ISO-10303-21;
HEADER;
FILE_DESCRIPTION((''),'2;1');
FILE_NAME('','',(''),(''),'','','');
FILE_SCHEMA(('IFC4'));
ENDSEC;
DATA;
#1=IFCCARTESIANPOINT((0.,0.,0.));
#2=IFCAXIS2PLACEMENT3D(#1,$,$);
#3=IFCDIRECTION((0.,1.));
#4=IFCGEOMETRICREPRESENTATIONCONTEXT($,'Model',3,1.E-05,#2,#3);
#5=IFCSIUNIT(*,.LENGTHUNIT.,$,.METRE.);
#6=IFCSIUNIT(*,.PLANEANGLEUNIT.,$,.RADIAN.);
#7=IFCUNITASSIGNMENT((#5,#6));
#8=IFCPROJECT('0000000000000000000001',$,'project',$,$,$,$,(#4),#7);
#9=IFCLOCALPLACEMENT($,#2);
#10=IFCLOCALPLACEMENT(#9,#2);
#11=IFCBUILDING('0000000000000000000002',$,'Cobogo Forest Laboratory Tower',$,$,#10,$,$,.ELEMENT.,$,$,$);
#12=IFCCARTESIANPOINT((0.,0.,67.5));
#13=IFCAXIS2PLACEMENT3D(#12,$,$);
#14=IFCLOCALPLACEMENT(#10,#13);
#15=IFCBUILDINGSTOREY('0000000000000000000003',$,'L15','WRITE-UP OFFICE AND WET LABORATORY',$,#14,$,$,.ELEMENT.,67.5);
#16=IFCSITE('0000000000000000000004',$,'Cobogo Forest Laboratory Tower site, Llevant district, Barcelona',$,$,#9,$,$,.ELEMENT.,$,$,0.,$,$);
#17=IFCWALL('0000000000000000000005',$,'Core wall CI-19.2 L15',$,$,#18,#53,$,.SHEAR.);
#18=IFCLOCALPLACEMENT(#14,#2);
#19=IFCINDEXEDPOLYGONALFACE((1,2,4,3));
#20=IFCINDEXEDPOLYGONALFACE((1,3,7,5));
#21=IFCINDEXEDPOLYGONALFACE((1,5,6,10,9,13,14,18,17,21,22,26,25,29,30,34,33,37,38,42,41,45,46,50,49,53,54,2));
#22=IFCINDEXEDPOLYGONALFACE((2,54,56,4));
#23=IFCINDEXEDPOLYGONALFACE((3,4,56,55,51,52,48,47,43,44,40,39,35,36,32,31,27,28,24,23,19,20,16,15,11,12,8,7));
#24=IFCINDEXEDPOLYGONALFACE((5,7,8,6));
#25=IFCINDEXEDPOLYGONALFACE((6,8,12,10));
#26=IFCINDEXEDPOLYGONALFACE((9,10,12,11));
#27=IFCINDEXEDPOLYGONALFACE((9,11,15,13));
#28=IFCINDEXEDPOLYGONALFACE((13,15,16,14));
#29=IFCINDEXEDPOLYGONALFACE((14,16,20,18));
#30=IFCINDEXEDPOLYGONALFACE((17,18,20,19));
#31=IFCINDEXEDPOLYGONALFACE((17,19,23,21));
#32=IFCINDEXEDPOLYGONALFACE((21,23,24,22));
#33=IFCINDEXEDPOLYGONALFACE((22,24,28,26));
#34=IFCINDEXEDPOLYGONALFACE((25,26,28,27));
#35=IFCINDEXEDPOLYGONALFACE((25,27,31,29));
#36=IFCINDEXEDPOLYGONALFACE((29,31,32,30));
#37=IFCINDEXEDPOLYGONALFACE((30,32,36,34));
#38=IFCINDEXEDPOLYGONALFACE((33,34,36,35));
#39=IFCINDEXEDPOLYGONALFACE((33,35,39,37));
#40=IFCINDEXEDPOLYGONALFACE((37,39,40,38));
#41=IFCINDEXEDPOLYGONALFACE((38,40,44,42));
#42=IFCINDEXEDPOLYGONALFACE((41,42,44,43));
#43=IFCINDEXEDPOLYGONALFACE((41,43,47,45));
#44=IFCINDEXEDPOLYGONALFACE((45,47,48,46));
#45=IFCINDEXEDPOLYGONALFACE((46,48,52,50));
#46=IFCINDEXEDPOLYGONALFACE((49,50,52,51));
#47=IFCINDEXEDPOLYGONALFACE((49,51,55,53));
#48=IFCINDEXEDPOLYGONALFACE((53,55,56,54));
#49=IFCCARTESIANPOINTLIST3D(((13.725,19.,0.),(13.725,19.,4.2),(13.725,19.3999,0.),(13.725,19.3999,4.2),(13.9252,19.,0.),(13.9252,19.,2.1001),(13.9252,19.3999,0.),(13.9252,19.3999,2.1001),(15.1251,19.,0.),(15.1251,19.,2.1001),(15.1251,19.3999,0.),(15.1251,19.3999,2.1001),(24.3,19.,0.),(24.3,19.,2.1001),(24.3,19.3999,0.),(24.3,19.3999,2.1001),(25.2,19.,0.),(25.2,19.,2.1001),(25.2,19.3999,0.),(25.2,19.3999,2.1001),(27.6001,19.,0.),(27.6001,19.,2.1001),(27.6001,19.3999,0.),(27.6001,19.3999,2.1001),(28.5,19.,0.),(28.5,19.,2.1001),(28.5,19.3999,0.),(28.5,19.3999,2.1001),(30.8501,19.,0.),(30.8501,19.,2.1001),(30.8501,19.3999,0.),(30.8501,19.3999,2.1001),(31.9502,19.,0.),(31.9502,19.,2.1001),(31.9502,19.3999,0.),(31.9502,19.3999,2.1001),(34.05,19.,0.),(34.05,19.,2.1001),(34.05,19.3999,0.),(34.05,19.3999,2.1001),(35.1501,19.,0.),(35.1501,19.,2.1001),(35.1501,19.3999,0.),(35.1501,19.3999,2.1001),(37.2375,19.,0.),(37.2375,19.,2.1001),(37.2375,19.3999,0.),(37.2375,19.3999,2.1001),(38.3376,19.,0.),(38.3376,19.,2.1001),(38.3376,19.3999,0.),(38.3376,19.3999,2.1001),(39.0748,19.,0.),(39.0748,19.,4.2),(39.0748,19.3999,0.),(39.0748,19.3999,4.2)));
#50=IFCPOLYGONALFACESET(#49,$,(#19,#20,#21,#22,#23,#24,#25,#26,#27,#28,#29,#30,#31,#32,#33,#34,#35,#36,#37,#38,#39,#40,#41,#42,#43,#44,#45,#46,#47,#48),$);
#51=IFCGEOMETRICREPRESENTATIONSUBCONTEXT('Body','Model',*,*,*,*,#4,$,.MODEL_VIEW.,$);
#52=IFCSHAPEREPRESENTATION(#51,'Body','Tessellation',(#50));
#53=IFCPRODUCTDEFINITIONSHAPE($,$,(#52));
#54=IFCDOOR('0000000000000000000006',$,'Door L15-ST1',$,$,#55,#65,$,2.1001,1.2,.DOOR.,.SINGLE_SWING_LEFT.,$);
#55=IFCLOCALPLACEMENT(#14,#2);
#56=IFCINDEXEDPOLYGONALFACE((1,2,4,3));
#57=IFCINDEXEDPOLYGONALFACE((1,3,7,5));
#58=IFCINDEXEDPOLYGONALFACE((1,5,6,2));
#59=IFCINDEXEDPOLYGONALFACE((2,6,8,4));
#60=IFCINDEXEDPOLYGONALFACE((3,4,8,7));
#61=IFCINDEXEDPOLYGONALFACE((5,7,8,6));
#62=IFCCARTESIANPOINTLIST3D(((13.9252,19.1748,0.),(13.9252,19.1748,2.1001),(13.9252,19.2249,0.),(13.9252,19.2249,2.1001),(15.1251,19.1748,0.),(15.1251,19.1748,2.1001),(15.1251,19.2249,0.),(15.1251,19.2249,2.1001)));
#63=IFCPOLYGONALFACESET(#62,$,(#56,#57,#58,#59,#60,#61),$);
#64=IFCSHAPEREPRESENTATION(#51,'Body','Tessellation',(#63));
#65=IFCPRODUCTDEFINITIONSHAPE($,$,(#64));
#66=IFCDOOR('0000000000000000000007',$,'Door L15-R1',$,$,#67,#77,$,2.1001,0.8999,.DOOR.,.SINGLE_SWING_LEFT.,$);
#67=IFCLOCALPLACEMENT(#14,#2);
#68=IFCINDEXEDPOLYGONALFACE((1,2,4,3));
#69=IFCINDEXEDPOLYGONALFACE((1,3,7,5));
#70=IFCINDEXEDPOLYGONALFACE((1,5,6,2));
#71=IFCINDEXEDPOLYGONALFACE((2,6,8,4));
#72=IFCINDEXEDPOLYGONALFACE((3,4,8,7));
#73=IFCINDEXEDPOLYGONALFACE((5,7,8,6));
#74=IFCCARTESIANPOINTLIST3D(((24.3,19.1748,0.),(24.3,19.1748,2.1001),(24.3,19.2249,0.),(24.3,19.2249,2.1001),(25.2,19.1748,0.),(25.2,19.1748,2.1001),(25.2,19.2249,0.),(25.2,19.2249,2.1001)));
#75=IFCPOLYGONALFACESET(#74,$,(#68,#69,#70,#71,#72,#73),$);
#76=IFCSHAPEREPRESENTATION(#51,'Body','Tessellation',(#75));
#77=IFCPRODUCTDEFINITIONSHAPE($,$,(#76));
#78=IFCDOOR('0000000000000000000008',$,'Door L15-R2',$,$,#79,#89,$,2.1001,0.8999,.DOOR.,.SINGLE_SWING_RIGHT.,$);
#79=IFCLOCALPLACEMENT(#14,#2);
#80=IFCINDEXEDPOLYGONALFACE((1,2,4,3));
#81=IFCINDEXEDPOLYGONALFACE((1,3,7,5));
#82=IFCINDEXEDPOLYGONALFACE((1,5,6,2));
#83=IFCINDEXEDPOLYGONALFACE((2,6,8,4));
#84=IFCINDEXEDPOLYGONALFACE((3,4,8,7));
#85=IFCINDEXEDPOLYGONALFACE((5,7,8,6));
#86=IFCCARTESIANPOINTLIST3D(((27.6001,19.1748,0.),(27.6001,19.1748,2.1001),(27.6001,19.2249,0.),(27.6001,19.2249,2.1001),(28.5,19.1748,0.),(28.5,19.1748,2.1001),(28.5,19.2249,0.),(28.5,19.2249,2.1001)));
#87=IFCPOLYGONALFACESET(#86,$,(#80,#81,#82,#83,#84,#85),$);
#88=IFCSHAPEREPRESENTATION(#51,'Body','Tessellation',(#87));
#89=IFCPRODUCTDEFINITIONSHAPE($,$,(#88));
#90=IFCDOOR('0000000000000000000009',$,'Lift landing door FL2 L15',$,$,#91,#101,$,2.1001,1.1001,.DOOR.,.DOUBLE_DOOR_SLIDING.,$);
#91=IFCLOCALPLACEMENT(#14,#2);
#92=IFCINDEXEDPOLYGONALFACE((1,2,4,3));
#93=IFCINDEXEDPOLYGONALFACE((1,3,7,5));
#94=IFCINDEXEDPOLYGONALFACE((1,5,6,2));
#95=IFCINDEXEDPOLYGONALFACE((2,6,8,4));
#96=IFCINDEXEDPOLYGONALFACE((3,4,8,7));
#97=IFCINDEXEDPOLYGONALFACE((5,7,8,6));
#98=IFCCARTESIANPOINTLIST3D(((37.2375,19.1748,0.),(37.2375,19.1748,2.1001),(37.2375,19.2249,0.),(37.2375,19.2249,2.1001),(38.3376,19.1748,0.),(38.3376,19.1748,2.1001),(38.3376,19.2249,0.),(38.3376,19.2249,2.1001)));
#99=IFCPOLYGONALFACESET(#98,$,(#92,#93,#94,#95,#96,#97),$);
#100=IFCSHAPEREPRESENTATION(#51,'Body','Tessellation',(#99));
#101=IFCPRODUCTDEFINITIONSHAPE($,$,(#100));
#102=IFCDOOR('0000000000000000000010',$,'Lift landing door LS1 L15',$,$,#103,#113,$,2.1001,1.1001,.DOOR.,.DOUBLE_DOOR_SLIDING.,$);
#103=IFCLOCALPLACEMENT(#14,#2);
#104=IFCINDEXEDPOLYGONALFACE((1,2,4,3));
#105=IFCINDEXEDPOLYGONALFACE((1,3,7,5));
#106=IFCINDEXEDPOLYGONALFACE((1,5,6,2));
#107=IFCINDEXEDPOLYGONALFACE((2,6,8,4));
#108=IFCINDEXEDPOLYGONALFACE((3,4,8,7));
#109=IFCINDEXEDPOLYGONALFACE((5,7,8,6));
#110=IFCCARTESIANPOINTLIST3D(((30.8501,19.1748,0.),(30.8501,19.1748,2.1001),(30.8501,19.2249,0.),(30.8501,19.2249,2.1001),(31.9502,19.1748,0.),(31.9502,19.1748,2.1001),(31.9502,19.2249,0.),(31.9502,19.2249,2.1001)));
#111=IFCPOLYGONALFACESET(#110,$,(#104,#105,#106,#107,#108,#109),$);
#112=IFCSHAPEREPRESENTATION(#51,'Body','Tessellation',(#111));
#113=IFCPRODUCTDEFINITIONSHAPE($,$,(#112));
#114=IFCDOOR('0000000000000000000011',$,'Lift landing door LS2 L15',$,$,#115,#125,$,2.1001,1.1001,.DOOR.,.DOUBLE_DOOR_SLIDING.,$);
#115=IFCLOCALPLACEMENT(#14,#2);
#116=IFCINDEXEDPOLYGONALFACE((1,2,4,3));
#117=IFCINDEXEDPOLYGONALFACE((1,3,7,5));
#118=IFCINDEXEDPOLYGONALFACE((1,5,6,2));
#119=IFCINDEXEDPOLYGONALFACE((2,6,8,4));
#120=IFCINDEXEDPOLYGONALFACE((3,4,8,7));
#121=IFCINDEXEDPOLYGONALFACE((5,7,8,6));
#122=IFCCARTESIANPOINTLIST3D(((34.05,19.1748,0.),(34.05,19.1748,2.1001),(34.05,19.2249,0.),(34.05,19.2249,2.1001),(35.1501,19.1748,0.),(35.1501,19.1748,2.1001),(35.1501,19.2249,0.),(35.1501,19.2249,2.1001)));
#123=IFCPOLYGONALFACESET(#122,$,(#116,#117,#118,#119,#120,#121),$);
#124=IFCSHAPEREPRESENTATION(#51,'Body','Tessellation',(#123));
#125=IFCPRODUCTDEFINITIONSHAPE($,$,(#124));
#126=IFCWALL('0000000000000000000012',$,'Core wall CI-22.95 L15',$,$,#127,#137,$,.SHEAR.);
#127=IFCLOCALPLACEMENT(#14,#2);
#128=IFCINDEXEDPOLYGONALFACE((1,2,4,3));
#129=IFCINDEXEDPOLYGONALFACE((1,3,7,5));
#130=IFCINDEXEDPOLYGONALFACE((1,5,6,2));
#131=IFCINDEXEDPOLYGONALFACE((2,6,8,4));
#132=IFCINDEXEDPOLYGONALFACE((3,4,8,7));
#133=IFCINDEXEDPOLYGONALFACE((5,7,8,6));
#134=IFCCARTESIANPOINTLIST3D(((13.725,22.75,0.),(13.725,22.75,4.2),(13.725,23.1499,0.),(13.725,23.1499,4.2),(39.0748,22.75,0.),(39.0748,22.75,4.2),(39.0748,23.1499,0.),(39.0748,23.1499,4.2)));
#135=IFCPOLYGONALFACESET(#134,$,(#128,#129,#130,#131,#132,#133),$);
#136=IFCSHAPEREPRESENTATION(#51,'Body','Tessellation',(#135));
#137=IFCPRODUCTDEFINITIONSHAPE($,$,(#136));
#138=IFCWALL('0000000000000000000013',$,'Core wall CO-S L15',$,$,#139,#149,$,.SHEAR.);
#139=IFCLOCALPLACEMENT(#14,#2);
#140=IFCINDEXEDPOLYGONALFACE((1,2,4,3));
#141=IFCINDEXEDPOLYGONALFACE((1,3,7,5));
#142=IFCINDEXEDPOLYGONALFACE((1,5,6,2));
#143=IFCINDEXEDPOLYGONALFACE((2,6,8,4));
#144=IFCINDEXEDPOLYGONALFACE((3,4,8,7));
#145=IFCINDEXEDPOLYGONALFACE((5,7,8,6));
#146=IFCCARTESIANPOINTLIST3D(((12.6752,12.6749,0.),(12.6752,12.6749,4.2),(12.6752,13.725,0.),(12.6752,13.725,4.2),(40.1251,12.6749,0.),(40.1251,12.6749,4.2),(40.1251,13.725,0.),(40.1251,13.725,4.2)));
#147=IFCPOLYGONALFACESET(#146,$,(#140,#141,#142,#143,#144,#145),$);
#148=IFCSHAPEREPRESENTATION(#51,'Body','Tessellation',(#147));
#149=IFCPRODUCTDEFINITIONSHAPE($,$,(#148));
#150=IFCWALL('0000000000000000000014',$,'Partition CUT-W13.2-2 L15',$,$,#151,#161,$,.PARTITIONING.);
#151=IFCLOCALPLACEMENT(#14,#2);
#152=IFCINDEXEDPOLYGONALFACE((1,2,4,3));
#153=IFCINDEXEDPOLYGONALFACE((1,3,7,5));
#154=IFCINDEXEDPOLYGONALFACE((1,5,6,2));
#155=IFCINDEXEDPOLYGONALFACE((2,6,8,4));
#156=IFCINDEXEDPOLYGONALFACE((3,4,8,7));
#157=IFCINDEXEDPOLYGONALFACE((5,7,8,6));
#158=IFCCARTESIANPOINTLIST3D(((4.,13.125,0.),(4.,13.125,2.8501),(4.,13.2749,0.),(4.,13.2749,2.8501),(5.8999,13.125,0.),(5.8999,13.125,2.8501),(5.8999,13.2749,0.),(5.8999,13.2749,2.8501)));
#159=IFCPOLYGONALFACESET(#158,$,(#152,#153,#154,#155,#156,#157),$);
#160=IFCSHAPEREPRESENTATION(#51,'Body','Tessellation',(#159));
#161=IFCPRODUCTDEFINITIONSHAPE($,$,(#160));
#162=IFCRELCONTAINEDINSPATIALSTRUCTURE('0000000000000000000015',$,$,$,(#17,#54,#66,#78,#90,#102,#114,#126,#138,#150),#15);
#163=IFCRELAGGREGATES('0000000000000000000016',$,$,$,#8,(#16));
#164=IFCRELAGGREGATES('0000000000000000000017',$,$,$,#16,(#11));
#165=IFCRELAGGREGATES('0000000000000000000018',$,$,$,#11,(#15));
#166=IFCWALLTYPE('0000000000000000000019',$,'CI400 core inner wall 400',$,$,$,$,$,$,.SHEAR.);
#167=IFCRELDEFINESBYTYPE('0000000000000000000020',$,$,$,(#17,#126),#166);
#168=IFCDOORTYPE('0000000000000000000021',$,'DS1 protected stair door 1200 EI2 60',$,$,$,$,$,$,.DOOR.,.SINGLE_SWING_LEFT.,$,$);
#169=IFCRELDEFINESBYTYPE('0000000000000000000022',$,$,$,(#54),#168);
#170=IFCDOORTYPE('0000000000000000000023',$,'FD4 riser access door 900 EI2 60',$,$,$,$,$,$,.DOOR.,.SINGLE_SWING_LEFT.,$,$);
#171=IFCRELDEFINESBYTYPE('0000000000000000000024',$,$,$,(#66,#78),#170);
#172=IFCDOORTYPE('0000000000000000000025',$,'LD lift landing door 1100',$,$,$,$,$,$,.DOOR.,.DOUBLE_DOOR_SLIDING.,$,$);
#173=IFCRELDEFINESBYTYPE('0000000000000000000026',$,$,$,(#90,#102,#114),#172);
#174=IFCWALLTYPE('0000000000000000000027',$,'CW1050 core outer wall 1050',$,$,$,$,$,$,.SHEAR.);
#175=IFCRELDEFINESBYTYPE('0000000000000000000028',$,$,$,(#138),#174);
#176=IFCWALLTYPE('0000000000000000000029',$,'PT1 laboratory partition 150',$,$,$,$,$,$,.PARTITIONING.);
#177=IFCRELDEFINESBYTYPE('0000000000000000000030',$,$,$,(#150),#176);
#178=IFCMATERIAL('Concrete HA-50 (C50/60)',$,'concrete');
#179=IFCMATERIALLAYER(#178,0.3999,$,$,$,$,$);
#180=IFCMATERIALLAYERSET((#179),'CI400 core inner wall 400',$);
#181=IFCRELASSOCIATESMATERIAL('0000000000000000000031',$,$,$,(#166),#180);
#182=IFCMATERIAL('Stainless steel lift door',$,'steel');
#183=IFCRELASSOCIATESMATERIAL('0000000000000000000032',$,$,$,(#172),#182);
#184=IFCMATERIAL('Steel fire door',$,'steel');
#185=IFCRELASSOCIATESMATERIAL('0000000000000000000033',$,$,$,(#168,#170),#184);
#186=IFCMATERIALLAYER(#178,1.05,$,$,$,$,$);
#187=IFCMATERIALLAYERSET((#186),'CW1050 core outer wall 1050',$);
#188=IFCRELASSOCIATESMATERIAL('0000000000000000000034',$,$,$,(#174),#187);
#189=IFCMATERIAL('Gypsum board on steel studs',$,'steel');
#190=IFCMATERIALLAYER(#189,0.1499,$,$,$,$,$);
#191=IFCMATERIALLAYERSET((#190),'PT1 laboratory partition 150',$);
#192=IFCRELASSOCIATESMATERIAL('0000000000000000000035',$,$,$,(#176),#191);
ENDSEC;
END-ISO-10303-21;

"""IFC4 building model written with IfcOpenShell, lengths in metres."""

from ifc_helpers import new_model, si_unit, direction, frame, frame_2d, origin, place, context, subcontext, project, spatial, rectangle, extrude, material, layer, layer_set, type_object, element, fill, save


model = new_model("IFC4")

# Units and contexts
model_context = context("Model", 3, precision=1e-05, world=origin(), true_north=direction((0.0, 1.0)))
body_context = subcontext(model_context, "Body", "Model", "MODEL_VIEW")
ifc_project = project(units=[si_unit("LENGTHUNIT", "METRE"), si_unit("PLANEANGLEUNIT", "RADIAN")], contexts=[model_context])

# Site, building, storey
site_placement = place(None, origin())
site = spatial("IfcSite", under=ifc_project, at=site_placement, Name="Cobogo Forest Laboratory Tower site, Llevant district, Barcelona", CompositionType="ELEMENT", RefElevation=0.0)
building_placement = place(site_placement, origin())
building = spatial("IfcBuilding", under=site, at=building_placement, Name="Cobogo Forest Laboratory Tower", CompositionType="ELEMENT")
storey_placement = place(building_placement, frame((0.0, 0.0, 67.5)))
storey = spatial("IfcBuildingStorey", under=building, at=storey_placement, Name="L15", Description="WRITE-UP OFFICE AND WET LABORATORY", CompositionType="ELEMENT", Elevation=67.5)

# Shared definitions
ifc_material_1 = material(Name="Concrete HA-50 (C50/60)", Category="concrete")

# Wall, openings, doors
ifc_layer_1 = layer(ifc_material_1, 0.3999)
ifc_layer_set_1 = layer_set([ifc_layer_1], Name="CI400 core inner wall 400")
wall_type_1 = type_object("IfcWallType", Name="CI400 core inner wall 400", PredefinedType="SHEAR", material=ifc_layer_set_1)
ifc_material_2 = material(Name="Stainless steel lift door", Category="steel")
door_type_1 = type_object("IfcDoorType", Name="LD lift landing door 1100", OperationType="DOUBLE_DOOR_SLIDING", PredefinedType="DOOR", material=ifc_material_2)
wall_1_placement = place(storey_placement, frame((13.7251, 19.2, 0.0), z_axis=(0.0, 0.0, 1.0), x_axis=(1.0, 0.0, 0.0)))
wall_1 = element("IfcWall", 1, at=wall_1_placement, inside=storey, type_object=wall_type_1, Name="Core wall CI-19.2 L15", PredefinedType="SHEAR", context=body_context, shape_type="SweptSolid", body=[
    extrude(rectangle(XDim=25.3499, YDim=0.3999, at=frame_2d((12.6748, 0.0))), origin(), (0.0, 0.0, 1.0), 4.2),
])
opening_1_placement = place(wall_1_placement, frame((10.575, 0.0, 0.0)))
opening_1 = element("IfcOpeningElement", 2, at=opening_1_placement, cuts=wall_1, PredefinedType="OPENING", context=body_context, shape_type="SweptSolid", body=[
    extrude(rectangle(XDim=0.8999, YDim=2.1001, at=frame_2d((0.45, 1.05))), frame((0.0, 0.21, 0.0), z_axis=(0.0, -1.0, 0.0), x_axis=(1.0, 0.0, 0.0)), (0.0, 0.0, 1.0), 0.4199),
])
opening_2_placement = place(wall_1_placement, frame((13.875, 0.0, 0.0)))
opening_2 = element("IfcOpeningElement", 3, at=opening_2_placement, cuts=wall_1, PredefinedType="OPENING", context=body_context, shape_type="SweptSolid", body=[
    extrude(rectangle(XDim=0.8999, YDim=2.1001, at=frame_2d((0.45, 1.05))), frame((0.0, 0.21, 0.0), z_axis=(0.0, -1.0, 0.0), x_axis=(1.0, 0.0, 0.0)), (0.0, 0.0, 1.0), 0.4199),
])
opening_3_placement = place(wall_1_placement, frame((0.2, 0.0, 0.0)))
opening_3 = element("IfcOpeningElement", 4, at=opening_3_placement, cuts=wall_1, PredefinedType="OPENING", context=body_context, shape_type="SweptSolid", body=[
    extrude(rectangle(XDim=1.2, YDim=2.1001, at=frame_2d((0.6001, 1.05))), frame((0.0, 0.21, 0.0), z_axis=(0.0, -1.0, 0.0), x_axis=(1.0, 0.0, 0.0)), (0.0, 0.0, 1.0), 0.4199),
])
opening_4_placement = place(wall_1_placement, frame((23.5125, 0.0, 0.0)))
opening_4 = element("IfcOpeningElement", 5, at=opening_4_placement, cuts=wall_1, PredefinedType="OPENING", context=body_context, shape_type="SweptSolid", body=[
    extrude(rectangle(XDim=1.1001, YDim=2.1001, at=frame_2d((0.55, 1.05))), frame((0.0, 0.21, 0.0), z_axis=(0.0, -1.0, 0.0), x_axis=(1.0, 0.0, 0.0)), (0.0, 0.0, 1.0), 0.4199),
])
opening_5_placement = place(wall_1_placement, frame((17.125, 0.0, 0.0)))
opening_5 = element("IfcOpeningElement", 6, at=opening_5_placement, cuts=wall_1, PredefinedType="OPENING", context=body_context, shape_type="SweptSolid", body=[
    extrude(rectangle(XDim=1.1001, YDim=2.1001, at=frame_2d((0.55, 1.05))), frame((0.0, 0.21, 0.0), z_axis=(0.0, -1.0, 0.0), x_axis=(1.0, 0.0, 0.0)), (0.0, 0.0, 1.0), 0.4199),
])
opening_6_placement = place(wall_1_placement, frame((20.325, 0.0, 0.0)))
opening_6 = element("IfcOpeningElement", 7, at=opening_6_placement, cuts=wall_1, PredefinedType="OPENING", context=body_context, shape_type="SweptSolid", body=[
    extrude(rectangle(XDim=1.1001, YDim=2.1001, at=frame_2d((0.55, 1.05))), frame((0.0, 0.21, 0.0), z_axis=(0.0, -1.0, 0.0), x_axis=(1.0, 0.0, 0.0)), (0.0, 0.0, 1.0), 0.4199),
])
ifc_material_3 = material(Name="Steel fire door", Category="steel")
door_type_2 = type_object("IfcDoorType", Name="DS1 protected stair door 1200 EI2 60", OperationType="SINGLE_SWING_LEFT", PredefinedType="DOOR", material=ifc_material_3)
door_1_placement = place(opening_3_placement, origin())
door_1 = element("IfcDoor", 8, at=door_1_placement, inside=storey, type_object=door_type_2, Name="Door L15-ST1", OperationType="SINGLE_SWING_LEFT", OverallHeight=2.1001, OverallWidth=1.2, PredefinedType="DOOR", context=body_context, shape_type="SweptSolid", body=[
    extrude(rectangle(XDim=1.2, YDim=2.1001, at=frame_2d((0.6001, 1.05))), frame((0.0, 0.0249, 0.0), z_axis=(0.0, -1.0, 0.0), x_axis=(1.0, 0.0, 0.0)), (0.0, 0.0, 1.0), 0.05),
])
fill(opening_3, door_1)
door_type_3 = type_object("IfcDoorType", Name="FD4 riser access door 900 EI2 60", OperationType="SINGLE_SWING_LEFT", PredefinedType="DOOR", material=ifc_material_3)
door_2_placement = place(opening_1_placement, origin())
door_2 = element("IfcDoor", 9, at=door_2_placement, inside=storey, type_object=door_type_3, Name="Door L15-R1", OperationType="SINGLE_SWING_LEFT", OverallHeight=2.1001, OverallWidth=0.8999, PredefinedType="DOOR", context=body_context, shape_type="SweptSolid", body=[
    extrude(rectangle(XDim=0.8999, YDim=2.1001, at=frame_2d((0.45, 1.05))), frame((0.0, 0.0249, 0.0), z_axis=(0.0, -1.0, 0.0), x_axis=(1.0, 0.0, 0.0)), (0.0, 0.0, 1.0), 0.05),
])
fill(opening_1, door_2)
door_3_placement = place(opening_2_placement, origin())
door_3 = element("IfcDoor", 10, at=door_3_placement, inside=storey, type_object=door_type_3, Name="Door L15-R2", OperationType="SINGLE_SWING_RIGHT", OverallHeight=2.1001, OverallWidth=0.8999, PredefinedType="DOOR", context=body_context, shape_type="SweptSolid", body=[
    extrude(rectangle(XDim=0.8999, YDim=2.1001, at=frame_2d((0.45, 1.05))), frame((0.0, 0.0249, 0.0), z_axis=(0.0, -1.0, 0.0), x_axis=(1.0, 0.0, 0.0)), (0.0, 0.0, 1.0), 0.05),
])
fill(opening_2, door_3)
door_4_placement = place(opening_4_placement, origin())
door_4 = element("IfcDoor", 11, at=door_4_placement, inside=storey, type_object=door_type_1, Name="Lift landing door FL2 L15", OperationType="DOUBLE_DOOR_SLIDING", OverallHeight=2.1001, OverallWidth=1.1001, PredefinedType="DOOR", context=body_context, shape_type="SweptSolid", body=[
    extrude(rectangle(XDim=1.1001, YDim=2.1001, at=frame_2d((0.55, 1.05))), frame((0.0, 0.0249, 0.0), z_axis=(0.0, -1.0, 0.0), x_axis=(1.0, 0.0, 0.0)), (0.0, 0.0, 1.0), 0.05),
])
fill(opening_4, door_4)
door_5_placement = place(opening_5_placement, origin())
door_5 = element("IfcDoor", 12, at=door_5_placement, inside=storey, type_object=door_type_1, Name="Lift landing door LS1 L15", OperationType="DOUBLE_DOOR_SLIDING", OverallHeight=2.1001, OverallWidth=1.1001, PredefinedType="DOOR", context=body_context, shape_type="SweptSolid", body=[
    extrude(rectangle(XDim=1.1001, YDim=2.1001, at=frame_2d((0.55, 1.05))), frame((0.0, 0.0249, 0.0), z_axis=(0.0, -1.0, 0.0), x_axis=(1.0, 0.0, 0.0)), (0.0, 0.0, 1.0), 0.05),
])
fill(opening_5, door_5)
door_6_placement = place(opening_6_placement, origin())
door_6 = element("IfcDoor", 13, at=door_6_placement, inside=storey, type_object=door_type_1, Name="Lift landing door LS2 L15", OperationType="DOUBLE_DOOR_SLIDING", OverallHeight=2.1001, OverallWidth=1.1001, PredefinedType="DOOR", context=body_context, shape_type="SweptSolid", body=[
    extrude(rectangle(XDim=1.1001, YDim=2.1001, at=frame_2d((0.55, 1.05))), frame((0.0, 0.0249, 0.0), z_axis=(0.0, -1.0, 0.0), x_axis=(1.0, 0.0, 0.0)), (0.0, 0.0, 1.0), 0.05),
])
fill(opening_6, door_6)

# Walls
wall_2_placement = place(storey_placement, frame((13.7251, 22.95, 0.0), z_axis=(0.0, 0.0, 1.0), x_axis=(1.0, 0.0, 0.0)))
element("IfcWall", 14, at=wall_2_placement, inside=storey, type_object=wall_type_1, Name="Core wall CI-22.95 L15", PredefinedType="SHEAR", context=body_context, shape_type="SweptSolid", body=[
    extrude(rectangle(XDim=25.3499, YDim=0.3999, at=frame_2d((12.6748, 0.0))), origin(), (0.0, 0.0, 1.0), 4.2),
])
ifc_layer_2 = layer(ifc_material_1, 1.05)
ifc_layer_set_2 = layer_set([ifc_layer_2], Name="CW1050 core outer wall 1050")
wall_type_2 = type_object("IfcWallType", Name="CW1050 core outer wall 1050", PredefinedType="SHEAR", material=ifc_layer_set_2)
wall_3_placement = place(storey_placement, frame((12.675, 13.2, 0.0), z_axis=(0.0, 0.0, 1.0), x_axis=(1.0, 0.0, 0.0)))
element("IfcWall", 15, at=wall_3_placement, inside=storey, type_object=wall_type_2, Name="Core wall CO-S L15", PredefinedType="SHEAR", context=body_context, shape_type="SweptSolid", body=[
    extrude(rectangle(XDim=27.45, YDim=1.05, at=frame_2d((13.7251, 0.0))), origin(), (0.0, 0.0, 1.0), 4.2),
])
ifc_material_4 = material(Name="Gypsum board on steel studs", Category="steel")
ifc_layer_3 = layer(ifc_material_4, 0.1499)
ifc_layer_set_3 = layer_set([ifc_layer_3], Name="PT1 laboratory partition 150")
wall_type_3 = type_object("IfcWallType", Name="PT1 laboratory partition 150", PredefinedType="PARTITIONING", material=ifc_layer_set_3)
wall_4_placement = place(storey_placement, frame((4.0, 13.2, 0.0), z_axis=(0.0, 0.0, 1.0), x_axis=(1.0, 0.0, 0.0)))
element("IfcWall", 16, at=wall_4_placement, inside=storey, type_object=wall_type_3, Name="Partition CUT-W13.2-2 L15", PredefinedType="PARTITIONING", context=body_context, shape_type="SweptSolid", body=[
    extrude(rectangle(XDim=1.8999, YDim=0.1499, at=frame_2d((0.95, 0.0))), origin(), (0.0, 0.0, 1.0), 2.8501),
])

save(model, "model.ifc")
